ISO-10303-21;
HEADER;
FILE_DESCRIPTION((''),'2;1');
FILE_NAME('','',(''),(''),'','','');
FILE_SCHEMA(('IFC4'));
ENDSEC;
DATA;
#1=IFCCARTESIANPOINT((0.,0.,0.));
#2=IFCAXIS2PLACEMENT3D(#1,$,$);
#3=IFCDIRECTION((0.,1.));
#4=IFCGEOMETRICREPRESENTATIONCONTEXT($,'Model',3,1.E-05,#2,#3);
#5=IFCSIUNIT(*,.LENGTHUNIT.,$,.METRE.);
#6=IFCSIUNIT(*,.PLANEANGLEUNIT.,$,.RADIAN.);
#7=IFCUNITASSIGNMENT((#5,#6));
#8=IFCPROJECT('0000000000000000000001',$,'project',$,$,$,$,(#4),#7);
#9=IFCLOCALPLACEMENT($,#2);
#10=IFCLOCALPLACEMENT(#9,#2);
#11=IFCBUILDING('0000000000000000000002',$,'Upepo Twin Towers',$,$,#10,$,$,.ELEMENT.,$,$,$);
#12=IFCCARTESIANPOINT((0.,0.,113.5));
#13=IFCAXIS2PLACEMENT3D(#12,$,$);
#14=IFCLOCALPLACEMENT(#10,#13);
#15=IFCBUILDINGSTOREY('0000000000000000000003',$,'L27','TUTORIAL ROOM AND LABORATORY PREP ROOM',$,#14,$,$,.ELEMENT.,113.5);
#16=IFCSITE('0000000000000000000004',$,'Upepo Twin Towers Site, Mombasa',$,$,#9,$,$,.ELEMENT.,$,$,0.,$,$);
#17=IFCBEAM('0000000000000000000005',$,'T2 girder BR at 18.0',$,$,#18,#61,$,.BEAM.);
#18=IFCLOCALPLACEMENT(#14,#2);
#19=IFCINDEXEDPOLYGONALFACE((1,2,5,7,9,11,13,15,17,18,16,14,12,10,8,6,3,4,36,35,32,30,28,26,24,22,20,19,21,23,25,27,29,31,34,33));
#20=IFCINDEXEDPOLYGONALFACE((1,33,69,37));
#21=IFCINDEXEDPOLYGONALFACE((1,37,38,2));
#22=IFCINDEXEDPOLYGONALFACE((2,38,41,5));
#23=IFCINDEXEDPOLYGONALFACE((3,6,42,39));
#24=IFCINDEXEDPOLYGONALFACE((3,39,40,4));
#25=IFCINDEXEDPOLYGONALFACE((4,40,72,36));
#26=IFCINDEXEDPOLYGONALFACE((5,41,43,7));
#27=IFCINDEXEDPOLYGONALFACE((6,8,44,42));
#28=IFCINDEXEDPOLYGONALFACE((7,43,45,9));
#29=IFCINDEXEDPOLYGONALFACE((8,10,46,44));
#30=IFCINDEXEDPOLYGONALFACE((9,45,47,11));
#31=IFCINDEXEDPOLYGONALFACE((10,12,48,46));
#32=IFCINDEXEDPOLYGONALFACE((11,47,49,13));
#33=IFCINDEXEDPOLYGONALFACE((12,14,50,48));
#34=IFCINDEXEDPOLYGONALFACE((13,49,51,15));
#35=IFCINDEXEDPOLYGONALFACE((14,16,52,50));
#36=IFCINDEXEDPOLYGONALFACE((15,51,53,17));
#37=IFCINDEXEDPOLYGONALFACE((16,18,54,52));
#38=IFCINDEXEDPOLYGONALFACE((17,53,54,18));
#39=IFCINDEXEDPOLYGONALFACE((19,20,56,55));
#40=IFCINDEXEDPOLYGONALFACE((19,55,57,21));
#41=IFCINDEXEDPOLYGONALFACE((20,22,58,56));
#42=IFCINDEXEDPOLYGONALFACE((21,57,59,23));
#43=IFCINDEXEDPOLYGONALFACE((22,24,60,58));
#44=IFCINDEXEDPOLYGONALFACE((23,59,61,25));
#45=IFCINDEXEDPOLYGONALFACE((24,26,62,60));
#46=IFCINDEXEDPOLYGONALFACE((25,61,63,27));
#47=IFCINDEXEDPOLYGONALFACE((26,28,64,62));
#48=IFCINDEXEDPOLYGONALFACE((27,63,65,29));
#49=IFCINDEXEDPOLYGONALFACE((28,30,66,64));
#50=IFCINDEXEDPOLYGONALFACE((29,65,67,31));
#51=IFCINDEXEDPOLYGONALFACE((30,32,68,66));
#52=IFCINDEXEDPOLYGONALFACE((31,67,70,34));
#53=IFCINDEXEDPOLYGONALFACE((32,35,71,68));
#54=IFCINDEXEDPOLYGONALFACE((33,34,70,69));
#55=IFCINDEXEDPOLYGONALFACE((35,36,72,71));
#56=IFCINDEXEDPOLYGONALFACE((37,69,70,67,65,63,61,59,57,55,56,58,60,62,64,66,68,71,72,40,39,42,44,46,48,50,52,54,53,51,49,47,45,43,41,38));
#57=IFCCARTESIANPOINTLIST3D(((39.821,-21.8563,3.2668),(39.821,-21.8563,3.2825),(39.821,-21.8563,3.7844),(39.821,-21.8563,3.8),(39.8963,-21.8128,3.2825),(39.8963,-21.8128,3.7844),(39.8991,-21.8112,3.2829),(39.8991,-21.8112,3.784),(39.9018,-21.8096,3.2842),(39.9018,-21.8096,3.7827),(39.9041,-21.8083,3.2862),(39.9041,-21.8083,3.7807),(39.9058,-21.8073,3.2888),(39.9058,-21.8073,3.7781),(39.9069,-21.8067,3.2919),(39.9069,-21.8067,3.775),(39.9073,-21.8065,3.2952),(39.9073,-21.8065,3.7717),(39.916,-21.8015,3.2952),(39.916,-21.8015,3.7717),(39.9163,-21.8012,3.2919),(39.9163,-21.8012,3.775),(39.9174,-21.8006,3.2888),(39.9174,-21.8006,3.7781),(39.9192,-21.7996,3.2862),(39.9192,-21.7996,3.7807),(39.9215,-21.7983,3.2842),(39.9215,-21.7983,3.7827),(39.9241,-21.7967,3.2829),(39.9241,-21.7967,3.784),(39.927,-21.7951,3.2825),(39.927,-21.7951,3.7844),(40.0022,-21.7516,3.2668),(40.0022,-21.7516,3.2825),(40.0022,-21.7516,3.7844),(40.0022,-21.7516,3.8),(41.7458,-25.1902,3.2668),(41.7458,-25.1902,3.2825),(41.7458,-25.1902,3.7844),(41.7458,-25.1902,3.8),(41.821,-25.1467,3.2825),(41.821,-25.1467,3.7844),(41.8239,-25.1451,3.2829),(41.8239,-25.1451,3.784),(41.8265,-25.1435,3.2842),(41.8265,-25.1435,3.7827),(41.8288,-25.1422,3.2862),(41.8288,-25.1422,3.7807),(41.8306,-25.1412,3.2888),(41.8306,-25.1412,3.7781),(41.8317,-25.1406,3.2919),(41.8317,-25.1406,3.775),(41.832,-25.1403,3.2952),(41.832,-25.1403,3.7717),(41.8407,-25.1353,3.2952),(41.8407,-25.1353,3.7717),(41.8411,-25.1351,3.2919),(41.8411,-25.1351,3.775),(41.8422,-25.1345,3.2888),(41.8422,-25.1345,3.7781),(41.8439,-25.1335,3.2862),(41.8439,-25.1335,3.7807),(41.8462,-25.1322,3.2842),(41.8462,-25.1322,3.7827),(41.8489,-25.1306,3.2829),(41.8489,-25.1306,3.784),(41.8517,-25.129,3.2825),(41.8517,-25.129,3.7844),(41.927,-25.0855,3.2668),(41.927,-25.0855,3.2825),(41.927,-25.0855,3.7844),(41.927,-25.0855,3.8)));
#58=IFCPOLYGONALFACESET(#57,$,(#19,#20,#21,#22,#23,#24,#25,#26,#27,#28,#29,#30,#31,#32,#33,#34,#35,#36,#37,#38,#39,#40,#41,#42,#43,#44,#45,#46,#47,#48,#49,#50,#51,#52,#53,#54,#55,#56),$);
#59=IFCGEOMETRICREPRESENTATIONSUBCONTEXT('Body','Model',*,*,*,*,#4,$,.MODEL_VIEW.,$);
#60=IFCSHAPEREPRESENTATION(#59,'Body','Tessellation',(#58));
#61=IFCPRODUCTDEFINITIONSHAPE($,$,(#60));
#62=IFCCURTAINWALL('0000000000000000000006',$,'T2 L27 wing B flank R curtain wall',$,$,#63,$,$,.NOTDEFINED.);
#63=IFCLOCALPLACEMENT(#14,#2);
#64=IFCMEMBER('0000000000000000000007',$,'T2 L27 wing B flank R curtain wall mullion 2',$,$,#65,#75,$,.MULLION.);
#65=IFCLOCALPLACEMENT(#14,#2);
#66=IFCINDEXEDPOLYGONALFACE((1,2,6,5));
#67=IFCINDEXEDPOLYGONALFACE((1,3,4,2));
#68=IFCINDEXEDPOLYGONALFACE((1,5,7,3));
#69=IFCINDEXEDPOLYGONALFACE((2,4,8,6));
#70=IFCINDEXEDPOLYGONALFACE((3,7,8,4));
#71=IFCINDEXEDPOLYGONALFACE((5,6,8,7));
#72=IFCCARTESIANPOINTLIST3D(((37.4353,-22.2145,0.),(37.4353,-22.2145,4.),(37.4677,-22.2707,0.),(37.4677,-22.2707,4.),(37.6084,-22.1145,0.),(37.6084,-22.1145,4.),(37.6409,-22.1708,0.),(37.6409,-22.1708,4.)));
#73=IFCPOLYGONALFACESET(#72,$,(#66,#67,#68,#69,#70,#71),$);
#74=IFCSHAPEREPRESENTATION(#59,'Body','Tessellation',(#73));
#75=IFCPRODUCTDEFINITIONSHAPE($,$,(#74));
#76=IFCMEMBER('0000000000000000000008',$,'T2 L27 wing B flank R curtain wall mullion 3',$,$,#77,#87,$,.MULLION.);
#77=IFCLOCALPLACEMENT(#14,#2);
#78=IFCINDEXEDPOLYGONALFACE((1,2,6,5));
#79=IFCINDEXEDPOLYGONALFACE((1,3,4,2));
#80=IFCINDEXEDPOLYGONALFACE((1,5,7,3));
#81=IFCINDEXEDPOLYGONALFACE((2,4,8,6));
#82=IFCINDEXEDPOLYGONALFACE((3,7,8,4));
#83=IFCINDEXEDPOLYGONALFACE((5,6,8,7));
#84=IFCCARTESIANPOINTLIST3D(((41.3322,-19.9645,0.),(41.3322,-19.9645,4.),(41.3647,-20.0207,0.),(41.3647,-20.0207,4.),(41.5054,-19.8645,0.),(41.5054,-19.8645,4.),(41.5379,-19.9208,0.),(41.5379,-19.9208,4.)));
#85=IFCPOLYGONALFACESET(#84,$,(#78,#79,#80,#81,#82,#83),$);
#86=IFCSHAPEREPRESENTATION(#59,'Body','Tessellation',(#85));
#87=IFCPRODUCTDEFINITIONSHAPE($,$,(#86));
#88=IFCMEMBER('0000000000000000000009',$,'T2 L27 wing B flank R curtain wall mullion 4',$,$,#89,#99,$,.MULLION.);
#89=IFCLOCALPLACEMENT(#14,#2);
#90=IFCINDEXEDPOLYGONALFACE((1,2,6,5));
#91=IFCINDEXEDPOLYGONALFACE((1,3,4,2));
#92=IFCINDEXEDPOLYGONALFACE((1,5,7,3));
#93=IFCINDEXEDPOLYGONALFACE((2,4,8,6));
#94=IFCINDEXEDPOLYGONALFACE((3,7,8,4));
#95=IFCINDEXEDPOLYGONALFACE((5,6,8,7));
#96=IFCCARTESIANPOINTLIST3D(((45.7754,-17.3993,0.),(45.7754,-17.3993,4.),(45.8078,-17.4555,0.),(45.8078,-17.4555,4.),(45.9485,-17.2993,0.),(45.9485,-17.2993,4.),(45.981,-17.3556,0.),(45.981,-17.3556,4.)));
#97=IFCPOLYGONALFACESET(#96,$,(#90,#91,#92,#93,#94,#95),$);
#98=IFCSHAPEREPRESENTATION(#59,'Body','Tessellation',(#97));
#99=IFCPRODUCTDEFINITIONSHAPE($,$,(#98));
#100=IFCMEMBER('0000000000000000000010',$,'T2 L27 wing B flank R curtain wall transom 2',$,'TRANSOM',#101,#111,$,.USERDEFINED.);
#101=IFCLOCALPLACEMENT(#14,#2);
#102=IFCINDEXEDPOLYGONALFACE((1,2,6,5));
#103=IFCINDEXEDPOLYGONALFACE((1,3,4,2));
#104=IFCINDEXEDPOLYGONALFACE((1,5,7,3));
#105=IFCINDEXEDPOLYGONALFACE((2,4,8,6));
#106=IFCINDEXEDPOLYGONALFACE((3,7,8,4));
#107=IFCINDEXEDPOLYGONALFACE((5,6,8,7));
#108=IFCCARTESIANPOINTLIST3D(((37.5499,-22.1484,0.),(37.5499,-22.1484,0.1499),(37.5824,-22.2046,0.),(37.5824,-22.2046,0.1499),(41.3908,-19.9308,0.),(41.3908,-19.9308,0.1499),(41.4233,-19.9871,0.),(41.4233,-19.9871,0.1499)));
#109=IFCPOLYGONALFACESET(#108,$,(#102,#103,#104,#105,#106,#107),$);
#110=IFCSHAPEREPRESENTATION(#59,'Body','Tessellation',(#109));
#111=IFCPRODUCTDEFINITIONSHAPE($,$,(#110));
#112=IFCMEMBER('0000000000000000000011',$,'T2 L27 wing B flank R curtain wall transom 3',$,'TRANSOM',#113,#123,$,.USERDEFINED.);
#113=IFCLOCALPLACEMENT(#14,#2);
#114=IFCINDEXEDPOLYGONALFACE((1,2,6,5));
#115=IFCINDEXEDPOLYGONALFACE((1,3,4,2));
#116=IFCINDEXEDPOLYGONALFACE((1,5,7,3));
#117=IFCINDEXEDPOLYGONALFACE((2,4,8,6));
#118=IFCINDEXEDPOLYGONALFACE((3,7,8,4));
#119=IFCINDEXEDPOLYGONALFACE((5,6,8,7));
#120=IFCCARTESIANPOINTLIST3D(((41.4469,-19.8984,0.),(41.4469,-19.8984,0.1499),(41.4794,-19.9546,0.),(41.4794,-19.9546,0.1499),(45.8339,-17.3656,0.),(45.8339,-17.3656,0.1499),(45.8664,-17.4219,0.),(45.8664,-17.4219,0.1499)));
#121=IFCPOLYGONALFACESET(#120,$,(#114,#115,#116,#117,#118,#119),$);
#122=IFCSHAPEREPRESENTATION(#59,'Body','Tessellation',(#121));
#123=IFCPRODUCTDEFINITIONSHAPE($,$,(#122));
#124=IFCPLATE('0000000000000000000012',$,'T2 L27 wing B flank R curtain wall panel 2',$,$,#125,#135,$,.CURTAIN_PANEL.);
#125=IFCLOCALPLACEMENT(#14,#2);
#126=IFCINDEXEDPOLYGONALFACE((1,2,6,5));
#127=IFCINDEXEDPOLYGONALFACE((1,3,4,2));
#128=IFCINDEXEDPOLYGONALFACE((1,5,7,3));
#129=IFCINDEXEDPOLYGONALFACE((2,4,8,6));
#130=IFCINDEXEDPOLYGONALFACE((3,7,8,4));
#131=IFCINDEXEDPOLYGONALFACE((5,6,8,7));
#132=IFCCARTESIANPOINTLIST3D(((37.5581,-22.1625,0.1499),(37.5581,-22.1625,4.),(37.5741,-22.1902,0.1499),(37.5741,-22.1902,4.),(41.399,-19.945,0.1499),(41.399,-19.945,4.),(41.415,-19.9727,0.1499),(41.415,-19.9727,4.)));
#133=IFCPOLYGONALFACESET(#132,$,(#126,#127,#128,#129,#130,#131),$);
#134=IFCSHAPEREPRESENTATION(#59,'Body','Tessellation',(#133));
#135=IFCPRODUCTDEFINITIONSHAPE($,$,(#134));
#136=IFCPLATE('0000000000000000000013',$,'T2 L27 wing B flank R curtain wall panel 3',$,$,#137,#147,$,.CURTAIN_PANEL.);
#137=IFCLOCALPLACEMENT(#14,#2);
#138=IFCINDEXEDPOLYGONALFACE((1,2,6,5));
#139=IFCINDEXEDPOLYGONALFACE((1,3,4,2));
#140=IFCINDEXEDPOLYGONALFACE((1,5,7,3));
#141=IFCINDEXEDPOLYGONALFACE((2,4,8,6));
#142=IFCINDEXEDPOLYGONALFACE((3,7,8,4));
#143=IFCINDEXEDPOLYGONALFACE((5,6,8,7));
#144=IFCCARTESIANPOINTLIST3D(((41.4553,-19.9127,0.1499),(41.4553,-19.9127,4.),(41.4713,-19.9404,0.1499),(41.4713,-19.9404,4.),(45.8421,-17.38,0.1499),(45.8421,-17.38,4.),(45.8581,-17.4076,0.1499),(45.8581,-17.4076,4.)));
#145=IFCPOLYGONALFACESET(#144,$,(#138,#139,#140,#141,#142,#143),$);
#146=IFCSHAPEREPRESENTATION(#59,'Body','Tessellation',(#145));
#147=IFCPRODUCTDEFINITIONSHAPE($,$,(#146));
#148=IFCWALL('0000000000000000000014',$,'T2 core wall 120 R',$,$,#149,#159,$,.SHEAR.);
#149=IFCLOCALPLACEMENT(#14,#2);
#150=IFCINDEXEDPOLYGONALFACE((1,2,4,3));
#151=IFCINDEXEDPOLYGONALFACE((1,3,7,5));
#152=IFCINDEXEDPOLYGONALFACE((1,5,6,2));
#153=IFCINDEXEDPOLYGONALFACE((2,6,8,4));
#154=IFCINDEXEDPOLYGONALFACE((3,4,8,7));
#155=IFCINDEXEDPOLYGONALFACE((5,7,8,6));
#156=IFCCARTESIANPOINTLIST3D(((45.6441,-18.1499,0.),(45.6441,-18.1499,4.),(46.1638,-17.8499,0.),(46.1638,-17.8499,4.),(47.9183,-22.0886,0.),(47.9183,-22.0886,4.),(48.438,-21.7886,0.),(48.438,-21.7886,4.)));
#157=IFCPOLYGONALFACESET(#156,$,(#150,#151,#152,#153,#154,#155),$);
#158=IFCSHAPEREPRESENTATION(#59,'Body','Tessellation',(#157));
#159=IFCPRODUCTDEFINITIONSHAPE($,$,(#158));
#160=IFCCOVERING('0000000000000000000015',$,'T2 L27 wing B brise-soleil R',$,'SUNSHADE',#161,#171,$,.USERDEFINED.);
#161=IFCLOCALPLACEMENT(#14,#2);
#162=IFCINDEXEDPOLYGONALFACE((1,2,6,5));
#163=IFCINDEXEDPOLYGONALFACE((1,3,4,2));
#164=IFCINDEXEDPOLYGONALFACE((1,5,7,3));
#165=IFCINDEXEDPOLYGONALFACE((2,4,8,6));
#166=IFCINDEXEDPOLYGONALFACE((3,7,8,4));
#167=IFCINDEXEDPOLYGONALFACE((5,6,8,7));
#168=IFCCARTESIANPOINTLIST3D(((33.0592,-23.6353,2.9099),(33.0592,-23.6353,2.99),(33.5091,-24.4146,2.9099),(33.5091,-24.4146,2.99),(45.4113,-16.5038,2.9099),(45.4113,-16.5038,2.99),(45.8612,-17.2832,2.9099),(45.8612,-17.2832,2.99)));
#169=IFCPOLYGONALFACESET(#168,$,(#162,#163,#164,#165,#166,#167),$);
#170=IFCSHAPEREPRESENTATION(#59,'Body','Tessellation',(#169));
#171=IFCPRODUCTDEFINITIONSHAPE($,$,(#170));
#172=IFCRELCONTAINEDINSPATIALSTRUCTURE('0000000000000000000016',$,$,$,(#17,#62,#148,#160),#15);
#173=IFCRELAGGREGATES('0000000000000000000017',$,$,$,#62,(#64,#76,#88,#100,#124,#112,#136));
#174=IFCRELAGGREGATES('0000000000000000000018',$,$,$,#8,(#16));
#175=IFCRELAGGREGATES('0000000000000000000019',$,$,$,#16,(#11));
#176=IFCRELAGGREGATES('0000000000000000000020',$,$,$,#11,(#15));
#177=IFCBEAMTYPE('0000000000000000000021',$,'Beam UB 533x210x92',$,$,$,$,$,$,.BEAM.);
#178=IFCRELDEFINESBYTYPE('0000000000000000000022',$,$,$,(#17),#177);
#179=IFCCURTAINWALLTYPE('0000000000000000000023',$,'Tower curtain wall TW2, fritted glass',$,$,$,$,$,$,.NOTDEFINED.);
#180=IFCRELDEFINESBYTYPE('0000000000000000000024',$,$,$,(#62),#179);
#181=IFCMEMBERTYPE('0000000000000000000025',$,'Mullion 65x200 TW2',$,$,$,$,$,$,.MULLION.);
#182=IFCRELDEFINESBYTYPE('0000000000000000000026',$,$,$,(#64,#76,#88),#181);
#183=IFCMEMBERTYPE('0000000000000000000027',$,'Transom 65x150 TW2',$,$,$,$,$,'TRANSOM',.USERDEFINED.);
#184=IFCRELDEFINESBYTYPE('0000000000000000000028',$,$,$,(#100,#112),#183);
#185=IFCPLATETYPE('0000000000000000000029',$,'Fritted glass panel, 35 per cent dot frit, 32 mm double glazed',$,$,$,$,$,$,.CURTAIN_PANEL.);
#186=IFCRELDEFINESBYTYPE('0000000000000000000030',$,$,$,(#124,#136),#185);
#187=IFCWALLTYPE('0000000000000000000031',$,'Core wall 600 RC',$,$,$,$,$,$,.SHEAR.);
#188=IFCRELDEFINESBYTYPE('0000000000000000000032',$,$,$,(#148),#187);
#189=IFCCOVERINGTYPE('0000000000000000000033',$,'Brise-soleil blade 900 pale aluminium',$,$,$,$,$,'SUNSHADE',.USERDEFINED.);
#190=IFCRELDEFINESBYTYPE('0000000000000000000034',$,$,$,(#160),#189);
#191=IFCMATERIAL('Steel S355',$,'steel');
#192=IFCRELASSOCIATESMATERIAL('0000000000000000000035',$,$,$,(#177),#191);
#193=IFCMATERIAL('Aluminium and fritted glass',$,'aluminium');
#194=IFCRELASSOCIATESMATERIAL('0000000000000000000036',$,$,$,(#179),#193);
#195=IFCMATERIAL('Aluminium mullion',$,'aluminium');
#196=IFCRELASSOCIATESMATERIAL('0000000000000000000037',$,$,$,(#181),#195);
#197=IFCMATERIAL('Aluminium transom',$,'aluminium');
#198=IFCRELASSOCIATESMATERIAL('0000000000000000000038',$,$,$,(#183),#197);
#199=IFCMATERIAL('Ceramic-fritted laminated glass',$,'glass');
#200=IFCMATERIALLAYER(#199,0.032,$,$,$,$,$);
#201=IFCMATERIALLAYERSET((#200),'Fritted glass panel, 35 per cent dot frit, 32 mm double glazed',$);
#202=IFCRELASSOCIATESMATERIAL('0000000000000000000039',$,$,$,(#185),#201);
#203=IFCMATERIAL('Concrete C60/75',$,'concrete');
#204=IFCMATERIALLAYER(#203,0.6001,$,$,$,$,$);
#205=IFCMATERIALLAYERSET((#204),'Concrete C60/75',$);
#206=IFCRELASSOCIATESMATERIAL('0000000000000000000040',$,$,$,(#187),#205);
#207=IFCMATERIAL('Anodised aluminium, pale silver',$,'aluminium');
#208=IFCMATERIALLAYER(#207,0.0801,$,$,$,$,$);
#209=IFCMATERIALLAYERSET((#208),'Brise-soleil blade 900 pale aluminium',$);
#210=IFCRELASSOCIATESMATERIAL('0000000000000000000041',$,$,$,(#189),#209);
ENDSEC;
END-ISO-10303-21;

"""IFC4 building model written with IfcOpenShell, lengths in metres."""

from ifc_helpers import new_model, si_unit, direction, frame, frame_2d, origin, origin_2d, place, context, subcontext, project, spatial, rectangle, i_section, extrude, material, layer, layer_set, material_profile, profile_set, type_object, element, aggregate, save


model = new_model("IFC4")

# Units and contexts
model_context = context("Model", 3, precision=1e-05, world=origin(), true_north=direction((0.0, 1.0)))
body_context = subcontext(model_context, "Body", "Model", "MODEL_VIEW")
ifc_project = project(units=[si_unit("LENGTHUNIT", "METRE"), si_unit("PLANEANGLEUNIT", "RADIAN")], contexts=[model_context])

# Site, building, storey
site_placement = place(None, origin())
site = spatial("IfcSite", under=ifc_project, at=site_placement, Name="Upepo Twin Towers Site, Mombasa", CompositionType="ELEMENT", RefElevation=0.0)
building_placement = place(site_placement, origin())
building = spatial("IfcBuilding", under=site, at=building_placement, Name="Upepo Twin Towers", CompositionType="ELEMENT")
storey_placement = place(building_placement, frame((0.0, 0.0, 113.5)))
storey = spatial("IfcBuildingStorey", under=building, at=storey_placement, Name="L27", Description="TUTORIAL ROOM AND LABORATORY PREP ROOM", CompositionType="ELEMENT", Elevation=113.5)

# Beam
ifc_material_1 = material(Name="Steel S355", Category="steel")
ifc_material_profile_1 = material_profile(ifc_material_1, i_section(OverallWidth=0.2092, OverallDepth=0.5332, WebThickness=0.01, FlangeThickness=0.0156, FilletRadius=0.0127, at=origin_2d()), Name="UB 533x210x92")
ifc_profile_set_1 = profile_set([ifc_material_profile_1], Name="Steel S355")
beam_type_1 = type_object("IfcBeamType", Name="Beam UB 533x210x92", PredefinedType="BEAM", material=ifc_profile_set_1)
beam_1_placement = place(storey_placement, frame((39.9116, -21.804, 3.5334), z_axis=(0.499986, -0.866034, 0.0), x_axis=(0.866034, 0.499986, 0.0)))
element("IfcBeam", 1, at=beam_1_placement, inside=storey, type_object=beam_type_1, Name="T2 girder BR at 18.0", PredefinedType="BEAM", context=body_context, shape_type="SweptSolid", body=[
    extrude(i_section(OverallWidth=0.2092, OverallDepth=0.5332, WebThickness=0.01, FlangeThickness=0.0156, FilletRadius=0.0127, at=origin_2d()), origin(), (0.0, 0.0, 1.0), 3.8496),
])

# Curtain wall, members, plates
ifc_material_2 = material(Name="Aluminium and fritted glass", Category="aluminium")
curtain_wall_type = type_object("IfcCurtainWallType", Name="Tower curtain wall TW2, fritted glass", PredefinedType="NOTDEFINED", material=ifc_material_2)
curtain_wall_placement = place(storey_placement, origin())
curtain_wall = element("IfcCurtainWall", 2, at=curtain_wall_placement, inside=storey, type_object=curtain_wall_type, Name="T2 L27 wing B flank R curtain wall", PredefinedType="NOTDEFINED")
ifc_material_3 = material(Name="Aluminium mullion", Category="aluminium")
ifc_material_profile_2 = material_profile(ifc_material_3, rectangle(XDim=0.0649, YDim=0.2, at=origin_2d()), Name="MULLION 65x200")
ifc_profile_set_2 = profile_set([ifc_material_profile_2], Name="Aluminium mullion")
member_type_1 = type_object("IfcMemberType", Name="Mullion 65x200 TW2", PredefinedType="MULLION", material=ifc_profile_set_2)
member_1_placement = place(storey_placement, frame((37.5381, -22.1926, 0.0), z_axis=(0.0, 0.0, 1.0), x_axis=(-0.5, 0.866025, 0.0)))
member_1 = element("IfcMember", 3, at=member_1_placement, type_object=member_type_1, Name="T2 L27 wing B flank R curtain wall mullion 2", PredefinedType="MULLION", context=body_context, shape_type="SweptSolid", body=[
    extrude(rectangle(XDim=0.0649, YDim=0.2, at=origin_2d()), origin(), (0.0, 0.0, 1.0), 4.0),
])
member_2_placement = place(storey_placement, frame((41.4351, -19.9426, 0.0), z_axis=(0.0, 0.0, 1.0), x_axis=(-0.5, 0.866025, 0.0)))
member_2 = element("IfcMember", 4, at=member_2_placement, type_object=member_type_1, Name="T2 L27 wing B flank R curtain wall mullion 3", PredefinedType="MULLION", context=body_context, shape_type="SweptSolid", body=[
    extrude(rectangle(XDim=0.0649, YDim=0.2, at=origin_2d()), origin(), (0.0, 0.0, 1.0), 4.0),
])
member_3_placement = place(storey_placement, frame((45.8782, -17.3774, 0.0), z_axis=(0.0, 0.0, 1.0), x_axis=(-0.5, 0.866025, 0.0)))
member_3 = element("IfcMember", 5, at=member_3_placement, type_object=member_type_1, Name="T2 L27 wing B flank R curtain wall mullion 4", PredefinedType="MULLION", context=body_context, shape_type="SweptSolid", body=[
    extrude(rectangle(XDim=0.0649, YDim=0.2, at=origin_2d()), origin(), (0.0, 0.0, 1.0), 4.0),
])
ifc_material_4 = material(Name="Aluminium transom", Category="aluminium")
ifc_material_profile_3 = material_profile(ifc_material_4, rectangle(XDim=0.0649, YDim=0.1499, at=origin_2d()), Name="TRANSOM 65x150")
ifc_profile_set_3 = profile_set([ifc_material_profile_3], Name="Aluminium transom")
member_type_2 = type_object("IfcMemberType", Name="Transom 65x150 TW2", ElementType="TRANSOM", PredefinedType="USERDEFINED", material=ifc_profile_set_3)
member_4_placement = place(storey_placement, frame((37.5662, -22.1765, 0.075), z_axis=(0.866022, 0.500005, 0.0), x_axis=(-0.500005, 0.866022, 0.0)))
member_4 = element("IfcMember", 6, at=member_4_placement, type_object=member_type_2, Name="T2 L27 wing B flank R curtain wall transom 2", ObjectType="TRANSOM", PredefinedType="USERDEFINED", context=body_context, shape_type="SweptSolid", body=[
    extrude(rectangle(XDim=0.0649, YDim=0.1499, at=origin_2d()), origin(), (0.0, 0.0, 1.0), 4.4351),
])
member_5_placement = place(storey_placement, frame((41.4631, -19.9265, 0.075), z_axis=(0.866034, 0.499985, 0.0), x_axis=(-0.499985, 0.866034, 0.0)))
member_5 = element("IfcMember", 7, at=member_5_placement, type_object=member_type_2, Name="T2 L27 wing B flank R curtain wall transom 3", ObjectType="TRANSOM", PredefinedType="USERDEFINED", context=body_context, shape_type="SweptSolid", body=[
    extrude(rectangle(XDim=0.0649, YDim=0.1499, at=origin_2d()), origin(), (0.0, 0.0, 1.0), 5.0657),
])
ifc_material_5 = material(Name="Ceramic-fritted laminated glass", Category="glass")
ifc_layer_1 = layer(ifc_material_5, 0.032)
ifc_layer_set_1 = layer_set([ifc_layer_1], Name="Fritted glass panel, 35 per cent dot frit, 32 mm double glazed")
plate_type = type_object("IfcPlateType", Name="Fritted glass panel, 35 per cent dot frit, 32 mm double glazed", PredefinedType="CURTAIN_PANEL", material=ifc_layer_set_1)
plate_1_placement = place(storey_placement, frame((39.4866, -21.0676, 0.1499), z_axis=(0.0, 0.0, 1.0), x_axis=(0.866025, 0.5, 0.0)))
plate_1 = element("IfcPlate", 8, at=plate_1_placement, type_object=plate_type, Name="T2 L27 wing B flank R curtain wall panel 2", PredefinedType="CURTAIN_PANEL", context=body_context, shape_type="SweptSolid", body=[
    extrude(rectangle(XDim=4.4351, YDim=0.032, at=origin_2d()), origin(), (0.0, 0.0, 1.0), 3.8501),
])
plate_2_placement = place(storey_placement, frame((43.6567, -18.6602, 0.1499), z_axis=(0.0, 0.0, 1.0), x_axis=(0.866025, 0.5, 0.0)))
plate_2 = element("IfcPlate", 9, at=plate_2_placement, type_object=plate_type, Name="T2 L27 wing B flank R curtain wall panel 3", PredefinedType="CURTAIN_PANEL", context=body_context, shape_type="SweptSolid", body=[
    extrude(rectangle(XDim=5.0654, YDim=0.032, at=origin_2d()), origin(), (0.0, 0.0, 1.0), 3.8501),
])
aggregate(curtain_wall, [member_1, member_2, member_3, member_4, plate_1, member_5, plate_2])

# Wall
ifc_material_6 = material(Name="Concrete C60/75", Category="concrete")
ifc_layer_2 = layer(ifc_material_6, 0.6001)
ifc_layer_set_2 = layer_set([ifc_layer_2], Name="Concrete C60/75")
wall_type = type_object("IfcWallType", Name="Core wall 600 RC", PredefinedType="SHEAR", material=ifc_layer_set_2)
wall_placement = place(storey_placement, frame((45.9041, -18.0, 0.0), z_axis=(0.0, 0.0, 1.0), x_axis=(0.500024, -0.866011, 0.0)))
element("IfcWall", 10, at=wall_placement, inside=storey, type_object=wall_type, Name="T2 core wall 120 R", PredefinedType="SHEAR", context=body_context, shape_type="SweptSolid", body=[
    extrude(rectangle(XDim=4.5481, YDim=0.6001, at=frame_2d((2.2739, 0.0))), origin(), (0.0, 0.0, 1.0), 4.0),
])

# Covering
ifc_material_7 = material(Name="Anodised aluminium, pale silver", Category="aluminium")
ifc_layer_3 = layer(ifc_material_7, 0.0801)
ifc_layer_set_3 = layer_set([ifc_layer_3], Name="Brise-soleil blade 900 pale aluminium")
covering_type = type_object("IfcCoveringType", Name="Brise-soleil blade 900 pale aluminium", ElementType="SUNSHADE", PredefinedType="USERDEFINED", material=ifc_layer_set_3)
covering_placement = place(storey_placement, frame((39.4602, -20.4592, 2.9099), z_axis=(0.0, 0.0, 1.0), x_axis=(-0.866025, -0.5, 0.0)))
element("IfcCovering", 11, at=covering_placement, inside=storey, type_object=covering_type, Name="T2 L27 wing B brise-soleil R", ObjectType="SUNSHADE", PredefinedType="USERDEFINED", context=body_context, shape_type="SweptSolid", body=[
    extrude(rectangle(XDim=14.2629, YDim=0.8999, at=origin_2d()), origin(), (0.0, 0.0, 1.0), 0.0801),
])

save(model, "model.ifc")
